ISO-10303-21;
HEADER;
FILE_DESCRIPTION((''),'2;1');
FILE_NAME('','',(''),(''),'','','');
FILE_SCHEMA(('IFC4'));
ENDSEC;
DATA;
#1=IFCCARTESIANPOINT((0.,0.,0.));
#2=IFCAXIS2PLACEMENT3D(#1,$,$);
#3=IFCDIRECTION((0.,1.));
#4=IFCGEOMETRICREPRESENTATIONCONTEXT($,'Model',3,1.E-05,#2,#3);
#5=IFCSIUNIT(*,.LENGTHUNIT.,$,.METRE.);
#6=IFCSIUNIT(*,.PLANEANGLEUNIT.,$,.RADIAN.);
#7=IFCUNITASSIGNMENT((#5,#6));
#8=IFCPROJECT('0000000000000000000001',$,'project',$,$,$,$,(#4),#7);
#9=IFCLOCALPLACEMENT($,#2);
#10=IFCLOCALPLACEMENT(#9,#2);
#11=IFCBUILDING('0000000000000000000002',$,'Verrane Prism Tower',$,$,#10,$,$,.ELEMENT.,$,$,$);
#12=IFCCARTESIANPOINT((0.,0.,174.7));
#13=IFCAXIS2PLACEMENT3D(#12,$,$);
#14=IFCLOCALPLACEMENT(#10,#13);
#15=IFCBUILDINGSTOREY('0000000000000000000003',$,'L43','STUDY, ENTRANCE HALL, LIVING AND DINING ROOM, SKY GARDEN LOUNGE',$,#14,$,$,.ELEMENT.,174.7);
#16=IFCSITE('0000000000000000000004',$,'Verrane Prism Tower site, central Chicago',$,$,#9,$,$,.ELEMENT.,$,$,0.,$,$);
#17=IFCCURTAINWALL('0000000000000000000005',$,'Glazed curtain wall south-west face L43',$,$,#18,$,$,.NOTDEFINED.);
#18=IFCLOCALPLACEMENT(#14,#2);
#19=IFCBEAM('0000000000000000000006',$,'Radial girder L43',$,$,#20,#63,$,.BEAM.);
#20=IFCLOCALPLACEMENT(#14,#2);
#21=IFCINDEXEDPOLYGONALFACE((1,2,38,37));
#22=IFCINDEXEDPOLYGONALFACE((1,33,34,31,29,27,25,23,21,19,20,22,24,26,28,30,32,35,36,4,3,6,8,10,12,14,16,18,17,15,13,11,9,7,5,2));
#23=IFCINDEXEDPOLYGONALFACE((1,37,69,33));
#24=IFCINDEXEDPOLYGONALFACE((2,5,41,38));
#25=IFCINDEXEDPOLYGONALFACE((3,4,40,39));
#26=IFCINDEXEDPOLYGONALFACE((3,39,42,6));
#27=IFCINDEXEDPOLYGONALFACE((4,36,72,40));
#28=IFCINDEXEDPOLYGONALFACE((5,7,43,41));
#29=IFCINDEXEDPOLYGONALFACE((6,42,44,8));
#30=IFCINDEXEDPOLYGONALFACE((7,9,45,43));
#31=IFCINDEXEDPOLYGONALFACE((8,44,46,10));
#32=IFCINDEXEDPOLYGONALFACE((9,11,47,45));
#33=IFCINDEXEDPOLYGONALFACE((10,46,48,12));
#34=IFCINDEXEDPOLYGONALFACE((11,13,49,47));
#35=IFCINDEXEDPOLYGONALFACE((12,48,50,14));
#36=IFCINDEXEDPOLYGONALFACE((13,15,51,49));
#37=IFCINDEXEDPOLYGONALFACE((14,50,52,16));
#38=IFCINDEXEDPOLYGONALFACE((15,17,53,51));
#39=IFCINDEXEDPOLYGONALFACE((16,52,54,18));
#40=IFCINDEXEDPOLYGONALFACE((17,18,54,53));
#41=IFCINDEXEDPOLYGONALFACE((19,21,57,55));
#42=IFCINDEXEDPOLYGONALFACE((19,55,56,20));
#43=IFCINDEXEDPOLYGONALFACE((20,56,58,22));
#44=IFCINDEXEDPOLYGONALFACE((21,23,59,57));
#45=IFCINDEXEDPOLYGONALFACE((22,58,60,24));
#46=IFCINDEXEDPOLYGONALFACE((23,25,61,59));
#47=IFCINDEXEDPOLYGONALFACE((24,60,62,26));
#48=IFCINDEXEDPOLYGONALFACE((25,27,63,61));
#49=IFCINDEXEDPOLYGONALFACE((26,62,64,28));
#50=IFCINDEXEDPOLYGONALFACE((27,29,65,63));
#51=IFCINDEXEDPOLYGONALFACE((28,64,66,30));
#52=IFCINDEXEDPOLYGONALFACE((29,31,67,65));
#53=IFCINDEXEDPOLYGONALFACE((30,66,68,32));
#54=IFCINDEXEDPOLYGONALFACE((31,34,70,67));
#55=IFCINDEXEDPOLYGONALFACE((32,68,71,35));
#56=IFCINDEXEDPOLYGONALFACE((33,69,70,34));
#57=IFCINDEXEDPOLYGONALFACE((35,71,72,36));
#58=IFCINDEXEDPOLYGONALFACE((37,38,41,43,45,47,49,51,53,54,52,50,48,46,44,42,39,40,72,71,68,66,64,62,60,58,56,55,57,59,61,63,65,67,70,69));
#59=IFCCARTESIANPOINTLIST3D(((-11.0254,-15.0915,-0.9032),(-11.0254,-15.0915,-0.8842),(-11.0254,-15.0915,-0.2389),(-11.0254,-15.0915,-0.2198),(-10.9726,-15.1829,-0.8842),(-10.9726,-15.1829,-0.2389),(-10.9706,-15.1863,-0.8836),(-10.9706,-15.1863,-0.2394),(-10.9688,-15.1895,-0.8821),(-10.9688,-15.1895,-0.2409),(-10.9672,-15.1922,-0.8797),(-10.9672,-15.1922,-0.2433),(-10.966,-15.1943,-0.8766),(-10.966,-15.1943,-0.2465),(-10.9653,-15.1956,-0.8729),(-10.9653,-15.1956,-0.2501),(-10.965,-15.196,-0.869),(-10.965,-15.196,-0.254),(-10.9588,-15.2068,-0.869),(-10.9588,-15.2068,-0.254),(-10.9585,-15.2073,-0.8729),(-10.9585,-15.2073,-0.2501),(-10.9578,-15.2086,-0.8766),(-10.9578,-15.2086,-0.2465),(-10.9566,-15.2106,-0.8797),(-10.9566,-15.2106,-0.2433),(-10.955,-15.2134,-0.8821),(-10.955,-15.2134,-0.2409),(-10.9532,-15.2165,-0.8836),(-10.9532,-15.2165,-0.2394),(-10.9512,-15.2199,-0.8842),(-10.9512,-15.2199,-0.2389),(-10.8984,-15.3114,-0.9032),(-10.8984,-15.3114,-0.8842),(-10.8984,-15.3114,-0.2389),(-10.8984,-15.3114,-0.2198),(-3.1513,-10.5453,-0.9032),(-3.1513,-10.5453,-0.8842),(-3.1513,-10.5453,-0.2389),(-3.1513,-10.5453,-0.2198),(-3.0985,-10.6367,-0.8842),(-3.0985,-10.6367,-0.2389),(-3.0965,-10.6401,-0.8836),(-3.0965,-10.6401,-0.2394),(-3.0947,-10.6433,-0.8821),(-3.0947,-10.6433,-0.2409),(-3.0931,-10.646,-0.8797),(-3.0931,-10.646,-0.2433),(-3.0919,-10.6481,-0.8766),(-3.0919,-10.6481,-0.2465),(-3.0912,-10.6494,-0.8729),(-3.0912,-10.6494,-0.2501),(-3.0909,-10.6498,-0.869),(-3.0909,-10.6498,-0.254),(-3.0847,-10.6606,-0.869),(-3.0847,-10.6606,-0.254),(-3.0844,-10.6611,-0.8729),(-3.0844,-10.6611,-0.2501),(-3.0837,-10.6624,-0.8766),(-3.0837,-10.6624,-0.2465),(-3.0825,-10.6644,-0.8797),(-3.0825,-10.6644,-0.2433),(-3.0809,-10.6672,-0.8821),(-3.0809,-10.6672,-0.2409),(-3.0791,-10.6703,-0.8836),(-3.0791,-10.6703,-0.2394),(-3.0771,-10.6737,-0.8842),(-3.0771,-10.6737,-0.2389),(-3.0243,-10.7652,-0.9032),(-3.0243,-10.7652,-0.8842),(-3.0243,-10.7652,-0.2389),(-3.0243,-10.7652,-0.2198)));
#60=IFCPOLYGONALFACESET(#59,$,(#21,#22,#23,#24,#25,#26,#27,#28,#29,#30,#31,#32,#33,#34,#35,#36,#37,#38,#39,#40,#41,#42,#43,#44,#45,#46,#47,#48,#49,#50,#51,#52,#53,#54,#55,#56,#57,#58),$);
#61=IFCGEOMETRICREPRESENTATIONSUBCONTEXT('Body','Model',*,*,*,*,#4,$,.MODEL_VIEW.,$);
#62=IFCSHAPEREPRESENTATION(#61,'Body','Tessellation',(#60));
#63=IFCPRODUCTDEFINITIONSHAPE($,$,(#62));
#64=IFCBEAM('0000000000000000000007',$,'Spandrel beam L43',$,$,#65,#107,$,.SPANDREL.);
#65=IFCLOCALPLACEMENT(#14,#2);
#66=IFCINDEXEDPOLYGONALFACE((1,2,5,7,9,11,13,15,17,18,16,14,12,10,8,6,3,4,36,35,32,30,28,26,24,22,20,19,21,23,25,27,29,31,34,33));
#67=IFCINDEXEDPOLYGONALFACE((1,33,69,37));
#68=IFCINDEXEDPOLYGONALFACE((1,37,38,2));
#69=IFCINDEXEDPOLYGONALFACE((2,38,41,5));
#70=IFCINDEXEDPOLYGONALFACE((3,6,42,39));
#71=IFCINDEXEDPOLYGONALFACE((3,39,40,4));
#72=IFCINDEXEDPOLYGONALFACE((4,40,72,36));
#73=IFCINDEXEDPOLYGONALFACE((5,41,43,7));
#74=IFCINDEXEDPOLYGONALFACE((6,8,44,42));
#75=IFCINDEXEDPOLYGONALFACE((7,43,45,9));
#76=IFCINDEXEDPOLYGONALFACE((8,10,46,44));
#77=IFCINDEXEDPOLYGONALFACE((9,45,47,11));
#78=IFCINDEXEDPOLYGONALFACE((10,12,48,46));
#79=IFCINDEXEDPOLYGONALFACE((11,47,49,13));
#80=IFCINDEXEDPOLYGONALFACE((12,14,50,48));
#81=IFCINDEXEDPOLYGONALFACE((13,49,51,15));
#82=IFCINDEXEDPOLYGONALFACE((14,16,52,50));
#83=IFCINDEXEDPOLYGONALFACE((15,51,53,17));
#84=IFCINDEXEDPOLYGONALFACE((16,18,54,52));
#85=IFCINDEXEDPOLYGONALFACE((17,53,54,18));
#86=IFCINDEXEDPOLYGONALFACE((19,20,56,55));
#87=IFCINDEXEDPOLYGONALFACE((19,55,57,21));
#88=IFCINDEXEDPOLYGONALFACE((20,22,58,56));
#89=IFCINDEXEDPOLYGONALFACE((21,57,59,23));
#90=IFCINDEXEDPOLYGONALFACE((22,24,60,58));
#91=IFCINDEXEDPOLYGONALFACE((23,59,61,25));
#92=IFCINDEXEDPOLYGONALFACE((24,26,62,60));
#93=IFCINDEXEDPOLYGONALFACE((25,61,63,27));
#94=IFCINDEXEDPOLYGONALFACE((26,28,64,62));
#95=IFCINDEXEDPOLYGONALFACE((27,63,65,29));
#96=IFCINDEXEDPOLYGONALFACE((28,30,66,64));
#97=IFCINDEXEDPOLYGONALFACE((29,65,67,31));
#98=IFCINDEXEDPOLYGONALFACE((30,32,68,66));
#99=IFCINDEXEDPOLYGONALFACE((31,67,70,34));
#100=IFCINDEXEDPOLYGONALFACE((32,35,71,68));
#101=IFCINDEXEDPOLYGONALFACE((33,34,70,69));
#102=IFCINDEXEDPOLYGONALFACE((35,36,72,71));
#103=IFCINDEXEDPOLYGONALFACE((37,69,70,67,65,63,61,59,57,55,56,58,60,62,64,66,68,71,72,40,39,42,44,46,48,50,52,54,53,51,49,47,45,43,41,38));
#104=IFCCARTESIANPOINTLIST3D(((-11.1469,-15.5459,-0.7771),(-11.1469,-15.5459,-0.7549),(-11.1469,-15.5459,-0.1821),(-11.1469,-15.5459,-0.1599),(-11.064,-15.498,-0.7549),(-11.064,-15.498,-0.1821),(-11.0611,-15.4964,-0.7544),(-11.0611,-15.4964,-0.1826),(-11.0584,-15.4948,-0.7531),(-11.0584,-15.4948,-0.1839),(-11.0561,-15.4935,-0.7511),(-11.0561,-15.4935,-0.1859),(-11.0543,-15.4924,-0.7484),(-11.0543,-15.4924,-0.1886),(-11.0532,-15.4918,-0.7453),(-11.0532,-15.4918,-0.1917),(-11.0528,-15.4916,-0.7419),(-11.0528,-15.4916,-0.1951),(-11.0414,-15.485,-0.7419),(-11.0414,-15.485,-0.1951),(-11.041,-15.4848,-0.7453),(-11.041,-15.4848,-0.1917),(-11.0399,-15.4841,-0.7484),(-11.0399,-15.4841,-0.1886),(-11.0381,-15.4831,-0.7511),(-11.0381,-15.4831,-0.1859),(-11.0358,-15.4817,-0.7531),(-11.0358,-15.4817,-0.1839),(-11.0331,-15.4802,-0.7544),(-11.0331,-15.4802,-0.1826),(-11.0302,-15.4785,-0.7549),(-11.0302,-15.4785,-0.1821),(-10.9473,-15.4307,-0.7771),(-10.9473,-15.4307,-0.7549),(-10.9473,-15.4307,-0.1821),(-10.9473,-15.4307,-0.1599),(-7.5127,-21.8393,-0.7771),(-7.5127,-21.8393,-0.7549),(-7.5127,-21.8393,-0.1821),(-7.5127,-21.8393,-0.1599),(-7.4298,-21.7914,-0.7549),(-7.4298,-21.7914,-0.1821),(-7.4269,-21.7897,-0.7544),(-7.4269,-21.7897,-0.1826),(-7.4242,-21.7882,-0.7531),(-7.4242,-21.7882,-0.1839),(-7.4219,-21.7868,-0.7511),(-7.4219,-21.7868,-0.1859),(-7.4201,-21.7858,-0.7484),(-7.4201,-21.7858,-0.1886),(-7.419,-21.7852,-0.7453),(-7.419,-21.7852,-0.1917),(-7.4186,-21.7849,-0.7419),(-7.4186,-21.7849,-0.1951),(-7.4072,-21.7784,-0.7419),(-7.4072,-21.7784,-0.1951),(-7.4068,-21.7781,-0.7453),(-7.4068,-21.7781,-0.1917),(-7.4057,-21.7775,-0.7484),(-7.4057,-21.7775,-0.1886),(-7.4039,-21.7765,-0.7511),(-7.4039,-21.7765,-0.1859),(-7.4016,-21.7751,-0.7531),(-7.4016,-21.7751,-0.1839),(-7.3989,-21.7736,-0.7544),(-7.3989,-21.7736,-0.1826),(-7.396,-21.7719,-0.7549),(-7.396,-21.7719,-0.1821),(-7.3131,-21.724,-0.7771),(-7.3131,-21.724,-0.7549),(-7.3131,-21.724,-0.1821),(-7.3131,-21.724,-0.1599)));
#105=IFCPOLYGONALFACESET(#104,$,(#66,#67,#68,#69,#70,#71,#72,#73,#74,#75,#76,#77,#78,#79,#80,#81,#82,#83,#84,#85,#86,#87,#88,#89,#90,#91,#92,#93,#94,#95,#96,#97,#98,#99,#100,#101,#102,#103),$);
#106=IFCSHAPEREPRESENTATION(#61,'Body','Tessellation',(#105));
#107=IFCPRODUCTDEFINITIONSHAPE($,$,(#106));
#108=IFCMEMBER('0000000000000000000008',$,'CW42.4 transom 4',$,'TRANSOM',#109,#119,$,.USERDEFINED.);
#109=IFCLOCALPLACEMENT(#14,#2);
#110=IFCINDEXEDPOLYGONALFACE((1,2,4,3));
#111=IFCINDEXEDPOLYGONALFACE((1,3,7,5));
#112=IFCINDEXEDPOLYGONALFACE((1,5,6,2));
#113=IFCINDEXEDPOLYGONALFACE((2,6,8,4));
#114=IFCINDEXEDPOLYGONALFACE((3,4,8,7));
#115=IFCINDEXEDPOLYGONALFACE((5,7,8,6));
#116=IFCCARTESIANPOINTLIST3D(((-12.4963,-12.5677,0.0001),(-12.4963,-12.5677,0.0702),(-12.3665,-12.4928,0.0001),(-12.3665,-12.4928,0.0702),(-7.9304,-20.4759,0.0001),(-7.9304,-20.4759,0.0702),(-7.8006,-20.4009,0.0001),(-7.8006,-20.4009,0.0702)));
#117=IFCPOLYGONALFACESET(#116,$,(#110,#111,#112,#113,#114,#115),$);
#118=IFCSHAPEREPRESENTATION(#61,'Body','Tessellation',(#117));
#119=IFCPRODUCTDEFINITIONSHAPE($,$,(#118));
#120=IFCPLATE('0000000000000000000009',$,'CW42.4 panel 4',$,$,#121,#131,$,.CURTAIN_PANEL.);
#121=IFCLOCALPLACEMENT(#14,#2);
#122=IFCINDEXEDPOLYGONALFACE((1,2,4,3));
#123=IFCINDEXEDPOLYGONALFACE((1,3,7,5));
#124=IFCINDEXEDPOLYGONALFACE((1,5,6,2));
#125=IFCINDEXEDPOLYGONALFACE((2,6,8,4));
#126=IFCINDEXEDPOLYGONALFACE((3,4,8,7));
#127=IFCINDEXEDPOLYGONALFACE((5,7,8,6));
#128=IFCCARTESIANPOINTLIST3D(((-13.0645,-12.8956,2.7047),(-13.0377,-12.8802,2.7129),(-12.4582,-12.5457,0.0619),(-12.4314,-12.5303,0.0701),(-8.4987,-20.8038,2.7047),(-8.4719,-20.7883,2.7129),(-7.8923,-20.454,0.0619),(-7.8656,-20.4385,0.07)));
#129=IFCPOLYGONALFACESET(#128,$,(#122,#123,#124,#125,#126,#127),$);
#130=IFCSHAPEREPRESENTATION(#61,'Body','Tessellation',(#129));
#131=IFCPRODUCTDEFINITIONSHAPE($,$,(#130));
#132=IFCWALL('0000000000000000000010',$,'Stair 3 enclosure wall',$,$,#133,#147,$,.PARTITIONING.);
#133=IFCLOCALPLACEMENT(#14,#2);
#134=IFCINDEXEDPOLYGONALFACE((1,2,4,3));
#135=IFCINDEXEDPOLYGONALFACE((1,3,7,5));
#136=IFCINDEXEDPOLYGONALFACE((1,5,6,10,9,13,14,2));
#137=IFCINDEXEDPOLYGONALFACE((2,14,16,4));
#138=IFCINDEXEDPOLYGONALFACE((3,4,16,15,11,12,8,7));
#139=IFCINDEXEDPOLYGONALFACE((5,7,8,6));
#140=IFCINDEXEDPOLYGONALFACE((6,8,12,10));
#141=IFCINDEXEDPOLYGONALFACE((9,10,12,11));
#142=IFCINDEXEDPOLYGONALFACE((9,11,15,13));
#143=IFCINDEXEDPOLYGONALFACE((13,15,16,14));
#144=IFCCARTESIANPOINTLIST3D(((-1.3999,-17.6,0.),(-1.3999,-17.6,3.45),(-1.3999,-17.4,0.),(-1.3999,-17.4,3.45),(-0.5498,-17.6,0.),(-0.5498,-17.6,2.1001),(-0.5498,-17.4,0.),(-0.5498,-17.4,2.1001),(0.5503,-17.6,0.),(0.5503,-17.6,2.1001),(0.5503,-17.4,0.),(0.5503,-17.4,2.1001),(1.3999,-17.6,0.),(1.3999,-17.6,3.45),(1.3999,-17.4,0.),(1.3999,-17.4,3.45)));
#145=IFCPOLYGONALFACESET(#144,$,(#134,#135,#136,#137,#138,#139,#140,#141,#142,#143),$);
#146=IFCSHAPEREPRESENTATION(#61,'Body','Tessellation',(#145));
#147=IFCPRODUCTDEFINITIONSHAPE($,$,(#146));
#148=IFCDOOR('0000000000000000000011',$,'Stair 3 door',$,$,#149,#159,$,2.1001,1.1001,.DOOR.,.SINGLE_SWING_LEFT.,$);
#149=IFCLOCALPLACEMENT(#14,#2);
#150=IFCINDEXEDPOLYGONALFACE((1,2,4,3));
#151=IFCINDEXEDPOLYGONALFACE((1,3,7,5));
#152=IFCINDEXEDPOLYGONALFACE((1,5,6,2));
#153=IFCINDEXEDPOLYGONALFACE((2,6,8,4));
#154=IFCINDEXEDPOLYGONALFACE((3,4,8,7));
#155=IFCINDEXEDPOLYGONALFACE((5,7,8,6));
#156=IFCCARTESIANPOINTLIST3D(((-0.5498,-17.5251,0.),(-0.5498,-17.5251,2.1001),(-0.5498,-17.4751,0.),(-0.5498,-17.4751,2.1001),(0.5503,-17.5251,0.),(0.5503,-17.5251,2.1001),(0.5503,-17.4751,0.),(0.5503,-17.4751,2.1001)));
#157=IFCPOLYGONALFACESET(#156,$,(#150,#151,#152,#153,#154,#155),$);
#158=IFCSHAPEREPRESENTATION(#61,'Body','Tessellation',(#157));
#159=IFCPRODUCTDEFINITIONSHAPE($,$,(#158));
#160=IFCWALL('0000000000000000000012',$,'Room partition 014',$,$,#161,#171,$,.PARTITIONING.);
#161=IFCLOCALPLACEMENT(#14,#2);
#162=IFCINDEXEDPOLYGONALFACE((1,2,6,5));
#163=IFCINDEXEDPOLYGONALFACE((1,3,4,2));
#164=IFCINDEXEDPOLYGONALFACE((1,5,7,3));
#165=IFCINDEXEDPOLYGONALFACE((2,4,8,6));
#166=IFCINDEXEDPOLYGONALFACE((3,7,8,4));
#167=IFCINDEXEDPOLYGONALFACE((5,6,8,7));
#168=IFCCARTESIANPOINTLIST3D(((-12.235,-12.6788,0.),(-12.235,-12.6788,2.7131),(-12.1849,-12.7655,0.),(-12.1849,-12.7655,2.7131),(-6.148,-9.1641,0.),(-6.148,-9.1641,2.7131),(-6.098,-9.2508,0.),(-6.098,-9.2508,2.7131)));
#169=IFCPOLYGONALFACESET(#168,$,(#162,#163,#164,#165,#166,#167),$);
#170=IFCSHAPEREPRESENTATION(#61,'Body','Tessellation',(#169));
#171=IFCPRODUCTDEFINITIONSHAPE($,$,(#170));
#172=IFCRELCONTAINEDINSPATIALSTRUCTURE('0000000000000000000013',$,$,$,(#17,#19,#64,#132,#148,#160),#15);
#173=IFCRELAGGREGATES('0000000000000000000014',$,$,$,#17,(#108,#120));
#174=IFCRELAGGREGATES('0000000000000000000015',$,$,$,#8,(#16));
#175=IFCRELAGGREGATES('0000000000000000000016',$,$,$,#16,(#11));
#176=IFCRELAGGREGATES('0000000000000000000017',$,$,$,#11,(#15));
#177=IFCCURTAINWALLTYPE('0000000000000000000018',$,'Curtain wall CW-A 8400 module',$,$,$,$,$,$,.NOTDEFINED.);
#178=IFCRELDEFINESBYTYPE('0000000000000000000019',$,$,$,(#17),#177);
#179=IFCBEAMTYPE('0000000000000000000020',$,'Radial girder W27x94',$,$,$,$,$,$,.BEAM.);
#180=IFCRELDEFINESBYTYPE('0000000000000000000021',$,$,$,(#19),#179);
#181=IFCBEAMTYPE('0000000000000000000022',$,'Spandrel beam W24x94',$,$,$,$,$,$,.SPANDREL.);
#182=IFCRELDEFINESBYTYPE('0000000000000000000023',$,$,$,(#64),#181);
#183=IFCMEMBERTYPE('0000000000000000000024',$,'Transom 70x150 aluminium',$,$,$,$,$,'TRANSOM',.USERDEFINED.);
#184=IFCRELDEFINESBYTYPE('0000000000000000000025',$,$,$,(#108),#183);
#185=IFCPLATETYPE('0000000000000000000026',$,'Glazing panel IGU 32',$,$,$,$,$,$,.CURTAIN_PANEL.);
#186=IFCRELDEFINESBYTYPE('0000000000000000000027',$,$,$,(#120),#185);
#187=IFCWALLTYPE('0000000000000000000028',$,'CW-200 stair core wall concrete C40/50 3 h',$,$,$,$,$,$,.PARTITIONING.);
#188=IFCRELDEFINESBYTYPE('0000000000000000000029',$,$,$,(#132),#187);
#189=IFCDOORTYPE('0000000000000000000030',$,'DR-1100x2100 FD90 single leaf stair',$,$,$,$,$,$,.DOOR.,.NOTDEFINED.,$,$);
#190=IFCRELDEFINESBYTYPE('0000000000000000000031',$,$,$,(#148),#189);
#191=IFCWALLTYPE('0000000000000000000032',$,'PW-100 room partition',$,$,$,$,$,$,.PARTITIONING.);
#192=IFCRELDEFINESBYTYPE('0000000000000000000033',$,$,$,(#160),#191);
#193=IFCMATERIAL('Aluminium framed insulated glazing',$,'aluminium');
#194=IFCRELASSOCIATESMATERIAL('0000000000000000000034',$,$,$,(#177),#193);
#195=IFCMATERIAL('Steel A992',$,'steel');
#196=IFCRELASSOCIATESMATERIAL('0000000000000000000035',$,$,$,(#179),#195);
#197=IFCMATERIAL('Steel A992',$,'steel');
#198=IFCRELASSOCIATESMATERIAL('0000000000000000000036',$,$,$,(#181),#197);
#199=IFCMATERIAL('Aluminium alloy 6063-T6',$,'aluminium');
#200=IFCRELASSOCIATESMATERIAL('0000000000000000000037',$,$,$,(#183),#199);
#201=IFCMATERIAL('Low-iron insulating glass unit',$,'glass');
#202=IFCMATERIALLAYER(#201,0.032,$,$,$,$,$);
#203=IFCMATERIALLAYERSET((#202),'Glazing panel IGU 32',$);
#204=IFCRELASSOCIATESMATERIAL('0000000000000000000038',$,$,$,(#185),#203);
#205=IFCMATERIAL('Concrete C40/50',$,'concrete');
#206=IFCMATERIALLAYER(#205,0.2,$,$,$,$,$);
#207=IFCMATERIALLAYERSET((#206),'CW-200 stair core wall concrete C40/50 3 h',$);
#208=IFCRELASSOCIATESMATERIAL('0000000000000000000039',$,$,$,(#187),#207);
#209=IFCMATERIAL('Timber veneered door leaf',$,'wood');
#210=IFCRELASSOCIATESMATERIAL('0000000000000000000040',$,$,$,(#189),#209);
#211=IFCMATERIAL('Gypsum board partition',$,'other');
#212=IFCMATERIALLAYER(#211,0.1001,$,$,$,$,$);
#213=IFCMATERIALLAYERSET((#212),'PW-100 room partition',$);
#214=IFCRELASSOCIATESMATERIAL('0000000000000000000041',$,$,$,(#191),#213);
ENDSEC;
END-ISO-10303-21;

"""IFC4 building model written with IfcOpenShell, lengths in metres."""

from ifc_helpers import new_model, si_unit, direction, frame, frame_2d, origin, origin_2d, place, context, subcontext, project, spatial, polyline, rectangle, i_section, outline, extrude, material, layer, layer_set, material_profile, profile_set, type_object, element, fill, aggregate, save


model = new_model("IFC4")

# Units and contexts
model_context = context("Model", 3, precision=1e-05, world=origin(), true_north=direction((0.0, 1.0)))
body_context = subcontext(model_context, "Body", "Model", "MODEL_VIEW")
ifc_project = project(units=[si_unit("LENGTHUNIT", "METRE"), si_unit("PLANEANGLEUNIT", "RADIAN")], contexts=[model_context])

# Site, building, storey
site_placement = place(None, origin())
site = spatial("IfcSite", under=ifc_project, at=site_placement, Name="Verrane Prism Tower site, central Chicago", CompositionType="ELEMENT", RefElevation=0.0)
building_placement = place(site_placement, origin())
building = spatial("IfcBuilding", under=site, at=building_placement, Name="Verrane Prism Tower", CompositionType="ELEMENT")
storey_placement = place(building_placement, frame((0.0, 0.0, 174.7)))
storey = spatial("IfcBuildingStorey", under=building, at=storey_placement, Name="L43", Description="STUDY, ENTRANCE HALL, LIVING AND DINING ROOM, SKY GARDEN LOUNGE", CompositionType="ELEMENT", Elevation=174.7)

# Curtain wall
ifc_material_1 = material(Name="Aluminium framed insulated glazing", Category="aluminium")
curtain_wall_type = type_object("IfcCurtainWallType", Name="Curtain wall CW-A 8400 module", PredefinedType="NOTDEFINED", material=ifc_material_1)
curtain_wall_placement = place(storey_placement, origin())
curtain_wall = element("IfcCurtainWall", 1, at=curtain_wall_placement, inside=storey, type_object=curtain_wall_type, Name="Glazed curtain wall south-west face L43", PredefinedType="NOTDEFINED")

# Beams
ifc_material_2 = material(Name="Steel A992", Category="steel")
ifc_material_profile_1 = material_profile(ifc_material_2, i_section(OverallWidth=0.2539, OverallDepth=0.6833, WebThickness=0.0125, FlangeThickness=0.019, FilletRadius=0.0151, at=origin_2d()), Name="W27x94")
ifc_profile_set_1 = profile_set([ifc_material_profile_1], Name="Steel A992")
beam_type_1 = type_object("IfcBeamType", Name="Radial girder W27x94", PredefinedType="BEAM", material=ifc_profile_set_1)
beam_1_placement = place(storey_placement, frame((-10.9619, -15.2014, -0.5615), z_axis=(0.866022, 0.500006, 0.0), x_axis=(-0.500006, 0.866022, 0.0)))
element("IfcBeam", 2, at=beam_1_placement, inside=storey, type_object=beam_type_1, Name="Radial girder L43", PredefinedType="BEAM", context=body_context, shape_type="SweptSolid", body=[
    extrude(i_section(OverallWidth=0.2539, OverallDepth=0.6833, WebThickness=0.0125, FlangeThickness=0.019, FilletRadius=0.0151, at=origin_2d()), origin(), (0.0, 0.0, 1.0), 9.0923),
])
ifc_material_3 = material(Name="Steel A992", Category="steel")
ifc_material_profile_2 = material_profile(ifc_material_3, i_section(OverallWidth=0.2305, OverallDepth=0.6172, WebThickness=0.0132, FlangeThickness=0.0222, FilletRadius=0.0129, at=origin_2d()), Name="W24x94")
ifc_profile_set_2 = profile_set([ifc_material_profile_2], Name="Steel A992")
beam_type_2 = type_object("IfcBeamType", Name="Spandrel beam W24x94", PredefinedType="SPANDREL", material=ifc_profile_set_2)
beam_2_placement = place(storey_placement, frame((-11.0471, -15.4883, -0.4685), z_axis=(0.500077, -0.865981, 0.0), x_axis=(0.865981, 0.500077, 0.0)))
element("IfcBeam", 3, at=beam_2_placement, inside=storey, type_object=beam_type_2, Name="Spandrel beam L43", PredefinedType="SPANDREL", context=body_context, shape_type="SweptSolid", body=[
    extrude(i_section(OverallWidth=0.2305, OverallDepth=0.6172, WebThickness=0.0132, FlangeThickness=0.0222, FilletRadius=0.0129, at=origin_2d()), origin(), (0.0, 0.0, 1.0), 7.2673),
])

# Member
ifc_material_4 = material(Name="Aluminium alloy 6063-T6", Category="aluminium")
ifc_material_profile_3 = material_profile(ifc_material_4, rectangle(XDim=0.1499, YDim=0.0701, at=origin_2d()), Name="Transom 70x150 aluminium")
ifc_profile_set_3 = profile_set([ifc_material_profile_3], Name="Aluminium alloy 6063-T6")
member_type_1 = type_object("IfcMemberType", Name="Transom 70x150 aluminium", ElementType="TRANSOM", PredefinedType="USERDEFINED", material=ifc_profile_set_3)
member_1_placement = place(storey_placement, frame((-12.4314, -12.5303, 0.0352), z_axis=(0.500009, -0.86602, 0.0), x_axis=(0.86602, 0.500009, 0.0)))
member_1 = element("IfcMember", 4, at=member_1_placement, type_object=member_type_1, Name="CW42.4 transom 4", ObjectType="TRANSOM", PredefinedType="USERDEFINED", context=body_context, shape_type="SweptSolid", body=[
    extrude(rectangle(XDim=0.1499, YDim=0.0701, at=origin_2d()), origin(), (0.0, 0.0, 1.0), 9.1316),
])

# Plate
ifc_material_5 = material(Name="Low-iron insulating glass unit", Category="glass")
ifc_layer_1 = layer(ifc_material_5, 0.032)
ifc_layer_set_1 = layer_set([ifc_layer_1], Name="Glazing panel IGU 32")
plate_type = type_object("IfcPlateType", Name="Glazing panel IGU 32", PredefinedType="CURTAIN_PANEL", material=ifc_layer_set_1)
plate_placement = place(storey_placement, frame((-12.4314, -12.5303, 0.0701), z_axis=(0.837157, 0.483332, 0.256046), x_axis=(0.5, -0.866025, -0.000003)))
plate = element("IfcPlate", 5, at=plate_placement, type_object=plate_type, Name="CW42.4 panel 4", PredefinedType="CURTAIN_PANEL", context=body_context, shape_type="SweptSolid", body=[
    extrude(outline(polyline([(0.0, 0.0), (9.1317, 0.0), (9.1314, -2.734), (-0.0001, -2.7339), (0.0, 0.0)])), origin(), (0.0, 0.0, -1.0), 0.032),
])
aggregate(curtain_wall, [member_1, plate])

# Wall, opening, door
ifc_material_6 = material(Name="Concrete C40/50", Category="concrete")
ifc_layer_2 = layer(ifc_material_6, 0.2)
ifc_layer_set_2 = layer_set([ifc_layer_2], Name="CW-200 stair core wall concrete C40/50 3 h")
wall_type_1 = type_object("IfcWallType", Name="CW-200 stair core wall concrete C40/50 3 h", PredefinedType="PARTITIONING", material=ifc_layer_set_2)
wall_1_placement = place(storey_placement, frame((-1.3999, -17.5, 0.0), z_axis=(0.0, 0.0, 1.0), x_axis=(1.0, 0.0, 0.0)))
wall_1 = element("IfcWall", 6, at=wall_1_placement, inside=storey, type_object=wall_type_1, Name="Stair 3 enclosure wall", PredefinedType="PARTITIONING", context=body_context, shape_type="SweptSolid", body=[
    extrude(rectangle(XDim=2.7998, YDim=0.2, at=frame_2d((1.3999, 0.0))), origin(), (0.0, 0.0, 1.0), 3.45),
])
opening_1_placement = place(wall_1_placement, frame((0.8501, 0.0, 0.0)))
opening_1 = element("IfcOpeningElement", 7, at=opening_1_placement, cuts=wall_1, PredefinedType="OPENING", context=body_context, shape_type="SweptSolid", body=[
    extrude(rectangle(XDim=1.1001, YDim=2.1001, at=frame_2d((0.55, 1.05))), frame((0.0, 0.1099, 0.0), z_axis=(0.0, -1.0, 0.0), x_axis=(1.0, 0.0, 0.0)), (0.0, 0.0, 1.0), 0.22),
])
ifc_material_7 = material(Name="Timber veneered door leaf", Category="wood")
door_type_1 = type_object("IfcDoorType", Name="DR-1100x2100 FD90 single leaf stair", OperationType="NOTDEFINED", PredefinedType="DOOR", material=ifc_material_7)
door_1_placement = place(opening_1_placement, origin())
door_1 = element("IfcDoor", 8, at=door_1_placement, inside=storey, type_object=door_type_1, Name="Stair 3 door", OperationType="SINGLE_SWING_LEFT", OverallHeight=2.1001, OverallWidth=1.1001, PredefinedType="DOOR", context=body_context, shape_type="SweptSolid", body=[
    extrude(rectangle(XDim=1.1001, YDim=2.1001, at=frame_2d((0.55, 1.05))), frame((0.0, 0.0249, 0.0), z_axis=(0.0, -1.0, 0.0), x_axis=(1.0, 0.0, 0.0)), (0.0, 0.0, 1.0), 0.05),
])
fill(opening_1, door_1)

# Wall
ifc_material_8 = material(Name="Gypsum board partition", Category="other")
ifc_layer_3 = layer(ifc_material_8, 0.1001)
ifc_layer_set_3 = layer_set([ifc_layer_3], Name="PW-100 room partition")
wall_type_2 = type_object("IfcWallType", Name="PW-100 room partition", PredefinedType="PARTITIONING", material=ifc_layer_set_3)
wall_2_placement = place(storey_placement, frame((-12.21, -12.7222, 0.0), z_axis=(0.0, 0.0, 1.0), x_axis=(0.866003, 0.500039, 0.0)))
element("IfcWall", 9, at=wall_2_placement, inside=storey, type_object=wall_type_2, Name="Room partition 014", PredefinedType="PARTITIONING", context=body_context, shape_type="SweptSolid", body=[
    extrude(rectangle(XDim=7.0288, YDim=0.1001, at=frame_2d((3.5144, 0.0))), origin(), (0.0, 0.0, 1.0), 2.7131),
])

save(model, "model.ifc")
